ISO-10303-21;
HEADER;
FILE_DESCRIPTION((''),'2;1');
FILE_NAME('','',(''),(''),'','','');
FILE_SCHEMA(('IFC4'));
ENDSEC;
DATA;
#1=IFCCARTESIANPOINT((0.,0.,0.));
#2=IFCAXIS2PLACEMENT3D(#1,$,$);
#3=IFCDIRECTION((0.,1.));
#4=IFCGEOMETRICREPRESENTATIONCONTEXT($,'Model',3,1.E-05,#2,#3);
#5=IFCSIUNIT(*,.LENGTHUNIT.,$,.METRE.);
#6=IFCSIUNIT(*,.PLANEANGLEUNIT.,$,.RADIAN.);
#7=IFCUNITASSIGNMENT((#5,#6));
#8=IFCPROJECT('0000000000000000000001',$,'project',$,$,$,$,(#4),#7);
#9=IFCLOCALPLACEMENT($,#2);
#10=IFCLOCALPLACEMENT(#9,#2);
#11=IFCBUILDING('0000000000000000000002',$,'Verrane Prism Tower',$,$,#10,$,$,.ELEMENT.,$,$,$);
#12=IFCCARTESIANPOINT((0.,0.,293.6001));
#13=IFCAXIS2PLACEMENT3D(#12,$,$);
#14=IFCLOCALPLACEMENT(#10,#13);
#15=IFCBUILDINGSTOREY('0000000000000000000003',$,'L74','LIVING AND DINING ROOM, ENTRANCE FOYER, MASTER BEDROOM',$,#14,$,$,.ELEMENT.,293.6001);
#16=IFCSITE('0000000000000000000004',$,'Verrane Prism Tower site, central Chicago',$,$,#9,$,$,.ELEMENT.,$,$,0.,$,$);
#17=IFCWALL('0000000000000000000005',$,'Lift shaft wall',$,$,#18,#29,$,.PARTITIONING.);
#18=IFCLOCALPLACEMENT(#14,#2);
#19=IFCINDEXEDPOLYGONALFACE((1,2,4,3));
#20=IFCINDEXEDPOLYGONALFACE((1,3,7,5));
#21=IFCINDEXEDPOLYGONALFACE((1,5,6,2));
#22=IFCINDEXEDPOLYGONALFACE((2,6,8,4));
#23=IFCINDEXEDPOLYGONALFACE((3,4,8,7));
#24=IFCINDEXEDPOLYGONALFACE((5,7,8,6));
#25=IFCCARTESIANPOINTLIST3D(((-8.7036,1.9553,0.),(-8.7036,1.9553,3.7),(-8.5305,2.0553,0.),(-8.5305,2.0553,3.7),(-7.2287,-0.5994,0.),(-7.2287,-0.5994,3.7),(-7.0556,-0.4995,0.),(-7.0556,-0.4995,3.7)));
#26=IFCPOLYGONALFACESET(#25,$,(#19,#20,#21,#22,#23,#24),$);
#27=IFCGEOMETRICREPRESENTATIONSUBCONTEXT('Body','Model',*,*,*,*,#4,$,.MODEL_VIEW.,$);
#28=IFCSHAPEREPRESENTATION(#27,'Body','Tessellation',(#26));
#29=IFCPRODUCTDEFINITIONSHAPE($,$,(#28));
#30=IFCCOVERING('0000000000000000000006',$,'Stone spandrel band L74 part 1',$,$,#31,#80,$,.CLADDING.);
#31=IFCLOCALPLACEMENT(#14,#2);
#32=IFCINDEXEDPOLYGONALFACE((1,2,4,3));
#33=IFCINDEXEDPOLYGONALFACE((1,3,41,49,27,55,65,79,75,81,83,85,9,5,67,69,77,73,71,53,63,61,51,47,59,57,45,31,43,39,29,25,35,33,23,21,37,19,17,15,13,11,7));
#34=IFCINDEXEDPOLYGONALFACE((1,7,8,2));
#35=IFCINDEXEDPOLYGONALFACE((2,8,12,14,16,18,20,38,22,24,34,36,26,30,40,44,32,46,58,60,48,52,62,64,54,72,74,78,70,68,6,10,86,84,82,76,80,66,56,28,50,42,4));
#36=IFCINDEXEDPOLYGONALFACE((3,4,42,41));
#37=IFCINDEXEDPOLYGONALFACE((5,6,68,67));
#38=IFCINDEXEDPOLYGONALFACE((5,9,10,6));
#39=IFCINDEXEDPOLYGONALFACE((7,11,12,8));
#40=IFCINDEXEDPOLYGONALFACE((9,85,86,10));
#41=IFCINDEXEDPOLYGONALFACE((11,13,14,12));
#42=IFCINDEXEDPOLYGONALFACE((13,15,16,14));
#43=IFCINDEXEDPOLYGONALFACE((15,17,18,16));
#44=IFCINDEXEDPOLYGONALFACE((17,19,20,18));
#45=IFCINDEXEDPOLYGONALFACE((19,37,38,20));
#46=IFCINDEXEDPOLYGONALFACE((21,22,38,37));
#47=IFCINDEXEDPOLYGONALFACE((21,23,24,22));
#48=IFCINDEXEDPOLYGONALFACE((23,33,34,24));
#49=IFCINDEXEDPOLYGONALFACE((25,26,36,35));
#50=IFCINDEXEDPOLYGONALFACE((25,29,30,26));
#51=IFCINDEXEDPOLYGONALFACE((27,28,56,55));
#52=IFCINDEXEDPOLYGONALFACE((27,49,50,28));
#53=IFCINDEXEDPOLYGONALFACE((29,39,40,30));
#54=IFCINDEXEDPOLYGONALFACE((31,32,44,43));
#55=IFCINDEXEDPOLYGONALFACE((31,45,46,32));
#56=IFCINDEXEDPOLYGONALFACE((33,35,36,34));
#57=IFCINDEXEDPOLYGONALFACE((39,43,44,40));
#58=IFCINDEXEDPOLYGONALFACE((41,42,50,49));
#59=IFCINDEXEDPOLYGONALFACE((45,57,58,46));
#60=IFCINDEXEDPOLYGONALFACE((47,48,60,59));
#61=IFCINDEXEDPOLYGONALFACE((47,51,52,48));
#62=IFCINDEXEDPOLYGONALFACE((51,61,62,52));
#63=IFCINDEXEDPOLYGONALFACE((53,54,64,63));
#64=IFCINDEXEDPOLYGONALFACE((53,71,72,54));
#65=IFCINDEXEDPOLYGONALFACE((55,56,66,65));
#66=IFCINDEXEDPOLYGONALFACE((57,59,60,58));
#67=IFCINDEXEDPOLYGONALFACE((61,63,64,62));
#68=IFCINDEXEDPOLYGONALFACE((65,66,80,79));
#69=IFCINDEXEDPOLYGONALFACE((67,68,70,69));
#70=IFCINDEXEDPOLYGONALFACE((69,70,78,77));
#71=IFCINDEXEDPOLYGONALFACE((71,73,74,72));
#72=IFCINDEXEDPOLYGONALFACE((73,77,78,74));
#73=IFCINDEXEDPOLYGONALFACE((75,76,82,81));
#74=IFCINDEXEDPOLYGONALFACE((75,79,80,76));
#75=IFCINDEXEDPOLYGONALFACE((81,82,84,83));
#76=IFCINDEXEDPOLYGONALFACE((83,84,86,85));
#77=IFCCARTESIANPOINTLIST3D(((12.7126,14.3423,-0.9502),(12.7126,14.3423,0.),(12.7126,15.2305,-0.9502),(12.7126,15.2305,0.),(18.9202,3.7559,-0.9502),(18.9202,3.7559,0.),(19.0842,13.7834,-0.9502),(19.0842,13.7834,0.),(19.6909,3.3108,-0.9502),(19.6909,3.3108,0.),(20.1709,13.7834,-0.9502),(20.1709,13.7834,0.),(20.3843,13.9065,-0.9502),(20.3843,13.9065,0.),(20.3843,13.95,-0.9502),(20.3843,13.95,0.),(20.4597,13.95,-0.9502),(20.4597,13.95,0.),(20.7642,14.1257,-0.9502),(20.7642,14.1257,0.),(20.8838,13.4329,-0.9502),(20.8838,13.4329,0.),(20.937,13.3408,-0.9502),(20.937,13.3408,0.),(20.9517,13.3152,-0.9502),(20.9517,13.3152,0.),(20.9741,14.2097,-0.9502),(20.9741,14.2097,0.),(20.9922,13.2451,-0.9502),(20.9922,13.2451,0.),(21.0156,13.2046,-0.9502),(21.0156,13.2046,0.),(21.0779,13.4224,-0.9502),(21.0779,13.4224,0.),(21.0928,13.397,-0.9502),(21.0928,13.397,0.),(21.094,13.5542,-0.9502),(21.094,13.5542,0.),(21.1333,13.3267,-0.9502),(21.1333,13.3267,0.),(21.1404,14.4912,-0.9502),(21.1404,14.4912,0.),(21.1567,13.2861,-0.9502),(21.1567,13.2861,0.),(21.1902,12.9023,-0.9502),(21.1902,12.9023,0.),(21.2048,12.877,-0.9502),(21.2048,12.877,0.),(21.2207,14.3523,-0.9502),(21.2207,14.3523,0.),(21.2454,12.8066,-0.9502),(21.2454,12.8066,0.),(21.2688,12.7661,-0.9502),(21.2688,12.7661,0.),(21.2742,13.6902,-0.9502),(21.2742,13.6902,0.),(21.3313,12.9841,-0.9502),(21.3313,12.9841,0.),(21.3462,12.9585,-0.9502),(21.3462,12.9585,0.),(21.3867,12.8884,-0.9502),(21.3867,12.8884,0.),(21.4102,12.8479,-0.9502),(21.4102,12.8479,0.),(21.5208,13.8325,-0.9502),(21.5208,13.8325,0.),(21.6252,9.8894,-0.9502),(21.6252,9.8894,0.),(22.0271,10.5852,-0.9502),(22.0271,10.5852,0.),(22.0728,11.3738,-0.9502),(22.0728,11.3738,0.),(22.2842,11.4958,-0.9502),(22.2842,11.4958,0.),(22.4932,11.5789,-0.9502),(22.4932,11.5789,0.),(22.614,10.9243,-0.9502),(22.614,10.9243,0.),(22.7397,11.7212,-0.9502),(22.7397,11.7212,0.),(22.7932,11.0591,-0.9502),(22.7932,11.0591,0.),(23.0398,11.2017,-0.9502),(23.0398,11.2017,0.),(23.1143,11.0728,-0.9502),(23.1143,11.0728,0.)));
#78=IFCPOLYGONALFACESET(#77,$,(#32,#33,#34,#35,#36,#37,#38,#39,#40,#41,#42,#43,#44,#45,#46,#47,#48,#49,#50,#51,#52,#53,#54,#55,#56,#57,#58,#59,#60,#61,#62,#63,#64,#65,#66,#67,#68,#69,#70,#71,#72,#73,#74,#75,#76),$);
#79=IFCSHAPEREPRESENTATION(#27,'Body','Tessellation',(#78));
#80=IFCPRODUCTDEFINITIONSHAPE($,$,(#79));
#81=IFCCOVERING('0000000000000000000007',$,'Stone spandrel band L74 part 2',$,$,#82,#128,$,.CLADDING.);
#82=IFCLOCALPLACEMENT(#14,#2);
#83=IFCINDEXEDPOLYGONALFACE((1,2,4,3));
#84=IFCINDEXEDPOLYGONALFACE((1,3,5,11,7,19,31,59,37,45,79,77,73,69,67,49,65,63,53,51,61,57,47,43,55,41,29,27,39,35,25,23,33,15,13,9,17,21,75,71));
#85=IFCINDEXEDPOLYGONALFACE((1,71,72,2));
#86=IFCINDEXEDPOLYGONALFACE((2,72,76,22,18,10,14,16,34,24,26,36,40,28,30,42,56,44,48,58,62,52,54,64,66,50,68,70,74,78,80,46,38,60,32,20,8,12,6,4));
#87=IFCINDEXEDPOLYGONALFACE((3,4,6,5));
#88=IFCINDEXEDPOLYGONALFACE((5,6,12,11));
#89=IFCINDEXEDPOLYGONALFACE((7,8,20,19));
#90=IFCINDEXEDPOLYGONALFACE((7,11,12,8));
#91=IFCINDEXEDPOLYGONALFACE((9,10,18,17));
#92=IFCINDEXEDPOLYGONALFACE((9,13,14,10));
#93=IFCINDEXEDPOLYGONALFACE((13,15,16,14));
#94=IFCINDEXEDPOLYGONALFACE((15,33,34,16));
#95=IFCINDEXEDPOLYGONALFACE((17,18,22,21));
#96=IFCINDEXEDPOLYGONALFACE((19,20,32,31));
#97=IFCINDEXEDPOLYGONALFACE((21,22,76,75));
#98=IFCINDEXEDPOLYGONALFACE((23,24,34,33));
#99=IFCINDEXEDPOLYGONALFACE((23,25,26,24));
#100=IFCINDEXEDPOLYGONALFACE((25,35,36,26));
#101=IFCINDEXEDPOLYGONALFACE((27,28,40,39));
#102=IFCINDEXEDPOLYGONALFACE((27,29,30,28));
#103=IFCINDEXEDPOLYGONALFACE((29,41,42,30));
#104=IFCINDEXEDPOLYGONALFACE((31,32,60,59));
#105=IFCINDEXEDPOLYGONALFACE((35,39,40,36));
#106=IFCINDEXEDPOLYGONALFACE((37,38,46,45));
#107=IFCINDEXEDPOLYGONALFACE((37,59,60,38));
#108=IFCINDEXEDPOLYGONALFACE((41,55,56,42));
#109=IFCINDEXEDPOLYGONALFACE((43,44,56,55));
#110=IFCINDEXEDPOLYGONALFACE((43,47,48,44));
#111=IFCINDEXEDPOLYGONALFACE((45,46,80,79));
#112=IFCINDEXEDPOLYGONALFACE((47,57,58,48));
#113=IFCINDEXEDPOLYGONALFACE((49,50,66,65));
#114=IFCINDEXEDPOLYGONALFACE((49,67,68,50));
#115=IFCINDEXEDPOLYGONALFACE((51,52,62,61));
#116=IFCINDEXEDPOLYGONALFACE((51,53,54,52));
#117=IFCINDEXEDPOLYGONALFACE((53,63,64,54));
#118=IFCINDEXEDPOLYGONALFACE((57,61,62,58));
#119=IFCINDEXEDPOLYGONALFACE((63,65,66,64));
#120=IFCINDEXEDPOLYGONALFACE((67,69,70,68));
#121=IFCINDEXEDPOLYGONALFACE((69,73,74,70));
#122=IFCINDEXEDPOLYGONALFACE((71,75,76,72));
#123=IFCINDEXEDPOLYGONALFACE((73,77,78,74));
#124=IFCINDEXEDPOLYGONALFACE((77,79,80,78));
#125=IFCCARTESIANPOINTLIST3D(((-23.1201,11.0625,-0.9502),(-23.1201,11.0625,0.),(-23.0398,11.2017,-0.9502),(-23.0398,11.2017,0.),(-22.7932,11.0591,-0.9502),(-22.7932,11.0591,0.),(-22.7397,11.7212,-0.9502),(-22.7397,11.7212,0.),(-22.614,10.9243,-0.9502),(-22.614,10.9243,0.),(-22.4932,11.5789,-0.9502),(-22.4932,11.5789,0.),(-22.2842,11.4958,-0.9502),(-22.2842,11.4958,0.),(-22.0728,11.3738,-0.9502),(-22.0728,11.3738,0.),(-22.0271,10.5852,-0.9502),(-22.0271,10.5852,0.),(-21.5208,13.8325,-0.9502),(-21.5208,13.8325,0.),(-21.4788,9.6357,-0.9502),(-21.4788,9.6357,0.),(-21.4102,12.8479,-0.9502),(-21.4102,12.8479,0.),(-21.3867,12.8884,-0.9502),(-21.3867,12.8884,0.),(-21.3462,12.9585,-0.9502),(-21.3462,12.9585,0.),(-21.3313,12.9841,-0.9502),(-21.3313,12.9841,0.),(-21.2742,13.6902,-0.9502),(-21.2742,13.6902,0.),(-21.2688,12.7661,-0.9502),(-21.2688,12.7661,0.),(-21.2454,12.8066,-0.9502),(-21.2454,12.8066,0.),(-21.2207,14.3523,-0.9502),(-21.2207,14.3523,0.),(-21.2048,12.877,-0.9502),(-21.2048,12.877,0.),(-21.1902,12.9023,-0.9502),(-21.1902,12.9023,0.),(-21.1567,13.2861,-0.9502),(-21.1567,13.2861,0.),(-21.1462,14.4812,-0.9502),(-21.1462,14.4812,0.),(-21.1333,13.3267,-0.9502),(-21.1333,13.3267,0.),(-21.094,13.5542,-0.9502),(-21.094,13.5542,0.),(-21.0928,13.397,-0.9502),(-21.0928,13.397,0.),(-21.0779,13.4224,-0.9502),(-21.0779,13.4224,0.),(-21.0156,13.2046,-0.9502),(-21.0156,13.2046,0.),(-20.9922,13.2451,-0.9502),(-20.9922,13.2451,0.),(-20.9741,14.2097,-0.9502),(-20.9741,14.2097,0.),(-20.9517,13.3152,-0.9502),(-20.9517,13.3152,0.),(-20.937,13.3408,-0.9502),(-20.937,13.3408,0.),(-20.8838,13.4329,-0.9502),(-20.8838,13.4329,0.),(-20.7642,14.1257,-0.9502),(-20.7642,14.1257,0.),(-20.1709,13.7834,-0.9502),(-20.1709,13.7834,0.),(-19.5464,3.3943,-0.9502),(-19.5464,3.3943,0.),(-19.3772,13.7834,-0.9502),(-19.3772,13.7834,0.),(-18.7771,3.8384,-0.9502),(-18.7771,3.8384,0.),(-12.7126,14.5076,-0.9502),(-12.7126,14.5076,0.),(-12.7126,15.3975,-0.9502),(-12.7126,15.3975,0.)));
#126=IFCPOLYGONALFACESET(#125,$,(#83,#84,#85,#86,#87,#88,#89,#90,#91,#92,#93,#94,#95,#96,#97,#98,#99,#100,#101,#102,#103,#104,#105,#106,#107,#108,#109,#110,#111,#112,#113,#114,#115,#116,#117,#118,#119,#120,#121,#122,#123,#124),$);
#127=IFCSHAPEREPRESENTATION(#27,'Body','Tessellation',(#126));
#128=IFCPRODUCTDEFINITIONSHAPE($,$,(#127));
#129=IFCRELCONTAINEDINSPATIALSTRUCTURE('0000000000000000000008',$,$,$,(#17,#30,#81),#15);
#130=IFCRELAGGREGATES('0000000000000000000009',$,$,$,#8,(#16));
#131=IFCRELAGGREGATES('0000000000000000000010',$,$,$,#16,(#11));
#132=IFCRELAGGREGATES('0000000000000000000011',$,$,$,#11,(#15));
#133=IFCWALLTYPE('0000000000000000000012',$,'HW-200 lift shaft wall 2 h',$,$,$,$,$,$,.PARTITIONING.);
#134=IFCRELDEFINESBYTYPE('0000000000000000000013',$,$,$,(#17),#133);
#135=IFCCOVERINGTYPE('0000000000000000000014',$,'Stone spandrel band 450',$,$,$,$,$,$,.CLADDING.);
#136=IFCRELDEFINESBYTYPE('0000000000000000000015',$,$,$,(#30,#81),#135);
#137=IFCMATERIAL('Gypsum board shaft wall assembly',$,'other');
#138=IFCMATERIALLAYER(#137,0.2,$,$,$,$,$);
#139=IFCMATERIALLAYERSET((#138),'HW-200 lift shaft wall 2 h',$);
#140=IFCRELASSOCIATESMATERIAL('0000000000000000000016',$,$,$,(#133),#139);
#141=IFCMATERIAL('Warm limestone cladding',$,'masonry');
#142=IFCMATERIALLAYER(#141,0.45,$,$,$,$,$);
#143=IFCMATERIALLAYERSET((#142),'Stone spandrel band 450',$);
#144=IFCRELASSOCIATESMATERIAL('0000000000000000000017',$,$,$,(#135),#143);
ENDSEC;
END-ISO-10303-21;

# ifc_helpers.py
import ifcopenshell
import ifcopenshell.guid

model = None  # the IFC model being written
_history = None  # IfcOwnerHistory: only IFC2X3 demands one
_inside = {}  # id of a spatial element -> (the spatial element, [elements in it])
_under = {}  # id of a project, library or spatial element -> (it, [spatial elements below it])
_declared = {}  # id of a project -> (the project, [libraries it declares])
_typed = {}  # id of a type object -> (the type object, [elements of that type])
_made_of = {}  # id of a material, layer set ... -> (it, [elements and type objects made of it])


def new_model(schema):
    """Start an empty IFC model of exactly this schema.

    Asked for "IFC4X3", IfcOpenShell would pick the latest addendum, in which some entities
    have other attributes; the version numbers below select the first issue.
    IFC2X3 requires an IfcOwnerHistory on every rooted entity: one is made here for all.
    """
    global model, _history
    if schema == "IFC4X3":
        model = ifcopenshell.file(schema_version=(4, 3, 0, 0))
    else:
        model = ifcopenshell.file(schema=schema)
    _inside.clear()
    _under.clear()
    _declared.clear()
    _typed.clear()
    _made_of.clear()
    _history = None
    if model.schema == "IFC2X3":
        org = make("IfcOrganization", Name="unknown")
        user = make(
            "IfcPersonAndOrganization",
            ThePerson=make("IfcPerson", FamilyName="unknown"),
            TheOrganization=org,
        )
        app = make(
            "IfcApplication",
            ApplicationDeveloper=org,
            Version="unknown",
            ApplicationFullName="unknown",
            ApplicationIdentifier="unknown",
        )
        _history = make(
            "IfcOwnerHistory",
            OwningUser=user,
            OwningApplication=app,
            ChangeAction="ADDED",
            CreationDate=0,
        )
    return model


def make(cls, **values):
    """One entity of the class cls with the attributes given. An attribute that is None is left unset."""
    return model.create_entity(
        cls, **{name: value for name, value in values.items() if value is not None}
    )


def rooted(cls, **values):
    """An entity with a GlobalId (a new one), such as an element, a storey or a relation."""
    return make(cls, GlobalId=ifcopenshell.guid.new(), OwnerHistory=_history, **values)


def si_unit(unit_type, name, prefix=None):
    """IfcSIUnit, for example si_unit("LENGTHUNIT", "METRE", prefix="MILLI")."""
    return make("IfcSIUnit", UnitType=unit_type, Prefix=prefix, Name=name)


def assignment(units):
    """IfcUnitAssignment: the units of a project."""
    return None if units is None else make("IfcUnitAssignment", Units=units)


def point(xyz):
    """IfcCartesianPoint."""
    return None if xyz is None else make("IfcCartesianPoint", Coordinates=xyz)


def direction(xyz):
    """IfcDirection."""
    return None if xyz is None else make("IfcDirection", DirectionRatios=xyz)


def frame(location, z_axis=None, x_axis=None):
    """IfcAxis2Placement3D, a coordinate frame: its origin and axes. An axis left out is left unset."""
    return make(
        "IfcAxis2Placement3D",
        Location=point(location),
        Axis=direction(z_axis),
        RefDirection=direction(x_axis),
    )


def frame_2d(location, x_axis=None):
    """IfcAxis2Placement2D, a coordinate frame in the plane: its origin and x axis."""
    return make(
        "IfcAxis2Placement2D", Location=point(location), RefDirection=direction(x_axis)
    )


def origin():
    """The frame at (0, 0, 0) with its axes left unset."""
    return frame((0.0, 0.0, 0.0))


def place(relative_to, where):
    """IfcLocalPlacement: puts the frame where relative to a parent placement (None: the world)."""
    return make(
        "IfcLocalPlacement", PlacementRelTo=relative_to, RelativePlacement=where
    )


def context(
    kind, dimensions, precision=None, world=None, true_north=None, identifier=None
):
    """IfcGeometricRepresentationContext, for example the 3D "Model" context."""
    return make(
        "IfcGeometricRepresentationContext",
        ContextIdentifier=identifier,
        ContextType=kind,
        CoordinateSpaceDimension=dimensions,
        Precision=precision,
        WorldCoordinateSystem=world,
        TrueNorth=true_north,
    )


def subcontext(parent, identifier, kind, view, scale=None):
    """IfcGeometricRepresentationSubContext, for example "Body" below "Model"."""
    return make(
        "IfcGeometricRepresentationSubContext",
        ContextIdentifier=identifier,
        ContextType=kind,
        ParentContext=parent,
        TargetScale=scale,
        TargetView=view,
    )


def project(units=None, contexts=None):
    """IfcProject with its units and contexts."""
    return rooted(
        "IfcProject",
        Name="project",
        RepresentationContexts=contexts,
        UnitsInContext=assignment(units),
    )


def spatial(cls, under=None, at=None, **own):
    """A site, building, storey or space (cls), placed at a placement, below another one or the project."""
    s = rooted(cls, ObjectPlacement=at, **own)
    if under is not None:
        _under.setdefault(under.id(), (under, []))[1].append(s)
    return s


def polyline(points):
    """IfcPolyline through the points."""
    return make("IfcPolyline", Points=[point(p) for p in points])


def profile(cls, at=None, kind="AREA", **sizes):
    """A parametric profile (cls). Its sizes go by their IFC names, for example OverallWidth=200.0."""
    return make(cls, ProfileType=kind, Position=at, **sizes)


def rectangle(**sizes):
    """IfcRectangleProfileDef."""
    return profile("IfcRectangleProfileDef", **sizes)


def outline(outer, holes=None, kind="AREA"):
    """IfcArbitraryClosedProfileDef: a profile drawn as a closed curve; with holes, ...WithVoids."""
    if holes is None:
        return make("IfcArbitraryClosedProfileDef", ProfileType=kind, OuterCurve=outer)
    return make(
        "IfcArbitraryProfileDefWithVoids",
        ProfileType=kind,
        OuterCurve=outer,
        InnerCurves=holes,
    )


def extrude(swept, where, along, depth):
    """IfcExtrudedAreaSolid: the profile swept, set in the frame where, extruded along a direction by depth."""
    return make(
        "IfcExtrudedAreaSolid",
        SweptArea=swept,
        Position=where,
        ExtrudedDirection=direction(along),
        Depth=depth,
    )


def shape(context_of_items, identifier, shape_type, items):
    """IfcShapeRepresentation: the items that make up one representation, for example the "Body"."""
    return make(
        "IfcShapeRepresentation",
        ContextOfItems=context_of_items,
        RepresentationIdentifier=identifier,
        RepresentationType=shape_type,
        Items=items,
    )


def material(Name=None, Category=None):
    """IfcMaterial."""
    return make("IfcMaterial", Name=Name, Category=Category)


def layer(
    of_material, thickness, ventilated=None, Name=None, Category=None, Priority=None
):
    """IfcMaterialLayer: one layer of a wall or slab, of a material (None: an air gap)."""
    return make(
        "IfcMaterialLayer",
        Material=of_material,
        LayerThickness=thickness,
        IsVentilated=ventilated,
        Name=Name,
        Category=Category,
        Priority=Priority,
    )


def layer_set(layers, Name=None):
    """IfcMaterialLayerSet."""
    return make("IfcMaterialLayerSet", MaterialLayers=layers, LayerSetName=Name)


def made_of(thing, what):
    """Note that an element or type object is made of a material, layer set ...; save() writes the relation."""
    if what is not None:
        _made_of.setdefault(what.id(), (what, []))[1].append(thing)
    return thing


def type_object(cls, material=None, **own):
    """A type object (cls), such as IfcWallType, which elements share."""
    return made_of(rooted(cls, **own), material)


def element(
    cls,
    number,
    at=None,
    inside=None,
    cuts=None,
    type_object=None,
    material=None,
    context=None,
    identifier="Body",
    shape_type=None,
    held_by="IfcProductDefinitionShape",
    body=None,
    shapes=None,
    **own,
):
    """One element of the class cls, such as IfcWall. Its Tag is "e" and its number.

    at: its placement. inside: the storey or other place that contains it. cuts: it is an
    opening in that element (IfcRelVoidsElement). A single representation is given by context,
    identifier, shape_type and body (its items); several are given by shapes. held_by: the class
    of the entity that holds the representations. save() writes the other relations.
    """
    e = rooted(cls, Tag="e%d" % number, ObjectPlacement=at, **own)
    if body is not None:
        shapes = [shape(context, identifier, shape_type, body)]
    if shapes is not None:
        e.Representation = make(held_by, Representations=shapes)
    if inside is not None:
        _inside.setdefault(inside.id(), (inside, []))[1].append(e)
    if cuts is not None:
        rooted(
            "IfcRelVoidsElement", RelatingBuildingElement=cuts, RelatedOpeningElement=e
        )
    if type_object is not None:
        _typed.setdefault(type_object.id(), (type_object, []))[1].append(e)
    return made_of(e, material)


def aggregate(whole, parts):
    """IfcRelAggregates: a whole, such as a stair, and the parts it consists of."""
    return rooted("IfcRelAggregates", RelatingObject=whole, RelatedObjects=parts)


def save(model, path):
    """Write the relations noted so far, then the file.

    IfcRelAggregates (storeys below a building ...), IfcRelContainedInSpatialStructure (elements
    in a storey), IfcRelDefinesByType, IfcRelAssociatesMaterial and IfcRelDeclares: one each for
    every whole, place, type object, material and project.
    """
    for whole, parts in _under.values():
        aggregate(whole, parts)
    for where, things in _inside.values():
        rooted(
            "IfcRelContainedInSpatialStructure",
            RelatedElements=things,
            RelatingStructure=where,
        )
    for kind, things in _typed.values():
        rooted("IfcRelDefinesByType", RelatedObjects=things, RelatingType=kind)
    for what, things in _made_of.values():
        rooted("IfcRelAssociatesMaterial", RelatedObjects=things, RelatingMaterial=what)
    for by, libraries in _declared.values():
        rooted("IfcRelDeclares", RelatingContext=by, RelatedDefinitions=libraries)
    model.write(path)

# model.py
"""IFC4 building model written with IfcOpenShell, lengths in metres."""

from ifc_helpers import new_model, si_unit, direction, frame, frame_2d, origin, place, context, subcontext, project, spatial, polyline, rectangle, outline, extrude, material, layer, layer_set, type_object, element, save


model = new_model("IFC4")

# Units and contexts
model_context = context("Model", 3, precision=1e-05, world=origin(), true_north=direction((0.0, 1.0)))
body_context = subcontext(model_context, "Body", "Model", "MODEL_VIEW")
ifc_project = project(units=[si_unit("LENGTHUNIT", "METRE"), si_unit("PLANEANGLEUNIT", "RADIAN")], contexts=[model_context])

# Site, building, storey
site_placement = place(None, origin())
site = spatial("IfcSite", under=ifc_project, at=site_placement, Name="Verrane Prism Tower site, central Chicago", CompositionType="ELEMENT", RefElevation=0.0)
building_placement = place(site_placement, origin())
building = spatial("IfcBuilding", under=site, at=building_placement, Name="Verrane Prism Tower", CompositionType="ELEMENT")
storey_placement = place(building_placement, frame((0.0, 0.0, 293.6001)))
storey = spatial("IfcBuildingStorey", under=building, at=storey_placement, Name="L74", Description="LIVING AND DINING ROOM, ENTRANCE FOYER, MASTER BEDROOM", CompositionType="ELEMENT", Elevation=293.6001)

# Shared definitions
ifc_material_1 = material(Name="Gypsum board shaft wall assembly", Category="other")
ifc_layer_1 = layer(ifc_material_1, 0.2)
ifc_layer_set_1 = layer_set([ifc_layer_1], Name="HW-200 lift shaft wall 2 h")
wall_type_1 = type_object("IfcWallType", Name="HW-200 lift shaft wall 2 h", PredefinedType="PARTITIONING", material=ifc_layer_set_1)

# Wall
wall_1_placement = place(storey_placement, frame((-7.1421, -0.5496, 0.0), z_axis=(0.0, 0.0, 1.0), x_axis=(-0.499976, 0.866039, 0.0)))
element("IfcWall", 1, at=wall_1_placement, inside=storey, type_object=wall_type_1, Name="Lift shaft wall", PredefinedType="PARTITIONING", context=body_context, shape_type="SweptSolid", body=[
    extrude(rectangle(XDim=2.95, YDim=0.2, at=frame_2d((1.4751, 0.0))), origin(), (0.0, 0.0, 1.0), 3.7),
])

# Coverings
ifc_material_2 = material(Name="Warm limestone cladding", Category="masonry")
ifc_layer_2 = layer(ifc_material_2, 0.45)
ifc_layer_set_2 = layer_set([ifc_layer_2], Name="Stone spandrel band 450")
covering_type = type_object("IfcCoveringType", Name="Stone spandrel band 450", PredefinedType="CLADDING", material=ifc_layer_set_2)
covering_1_placement = place(storey_placement, frame((0.0, 0.0, -0.9502)))
element("IfcCovering", 2, at=covering_1_placement, inside=storey, type_object=covering_type, Name="Stone spandrel band L74 part 1", PredefinedType="CLADDING", context=body_context, shape_type="SweptSolid", body=[
    extrude(outline(polyline([(12.7126, 15.2305), (12.7126, 14.3423), (19.0842, 13.7834), (20.1709, 13.7834), (20.3843, 13.9065), (20.3843, 13.95), (20.4597, 13.95), (20.7642, 14.1257), (21.094, 13.5542), (20.8838, 13.4329), (20.937, 13.3408), (21.0779, 13.4224), (21.0928, 13.397), (20.9517, 13.3152), (20.9922, 13.2451), (21.1333, 13.3267), (21.1567, 13.2861), (21.0156, 13.2046), (21.1902, 12.9023), (21.3313, 12.9841), (21.3462, 12.9585), (21.2048, 12.877), (21.2454, 12.8066), (21.3867, 12.8884), (21.4102, 12.8479), (21.2688, 12.7661), (22.0728, 11.3738), (22.2842, 11.4958), (22.614, 10.9243), (22.0271, 10.5852), (21.6252, 9.8894), (18.9202, 3.7559), (19.6909, 3.3108), (23.1143, 11.0728), (23.0398, 11.2017), (22.7932, 11.0591), (22.4932, 11.5789), (22.7397, 11.7212), (21.5208, 13.8325), (21.2742, 13.6902), (20.9741, 14.2097), (21.2207, 14.3523), (21.1404, 14.4912), (12.7126, 15.2305)])), origin(), (0.0, 0.0, 1.0), 0.9502),
])
covering_2_placement = place(storey_placement, frame((0.0, 0.0, -0.9502)))
element("IfcCovering", 3, at=covering_2_placement, inside=storey, type_object=covering_type, Name="Stone spandrel band L74 part 2", PredefinedType="CLADDING", context=body_context, shape_type="SweptSolid", body=[
    extrude(outline(polyline([(-18.7771, 3.8384), (-21.4788, 9.6357), (-22.0271, 10.5852), (-22.614, 10.9243), (-22.2842, 11.4958), (-22.0728, 11.3738), (-21.2688, 12.7661), (-21.4102, 12.8479), (-21.3867, 12.8884), (-21.2454, 12.8066), (-21.2048, 12.877), (-21.3462, 12.9585), (-21.3313, 12.9841), (-21.1902, 12.9023), (-21.0156, 13.2046), (-21.1567, 13.2861), (-21.1333, 13.3267), (-20.9922, 13.2451), (-20.9517, 13.3152), (-21.0928, 13.397), (-21.0779, 13.4224), (-20.937, 13.3408), (-20.8838, 13.4329), (-21.094, 13.5542), (-20.7642, 14.1257), (-20.1709, 13.7834), (-19.3772, 13.7834), (-12.7126, 14.5076), (-12.7126, 15.3975), (-21.1462, 14.4812), (-21.2207, 14.3523), (-20.9741, 14.2097), (-21.2742, 13.6902), (-21.5208, 13.8325), (-22.7397, 11.7212), (-22.4932, 11.5789), (-22.7932, 11.0591), (-23.0398, 11.2017), (-23.1201, 11.0625), (-19.5464, 3.3943), (-18.7771, 3.8384)])), origin(), (0.0, 0.0, 1.0), 0.9502),
])

save(model, "model.ifc")
